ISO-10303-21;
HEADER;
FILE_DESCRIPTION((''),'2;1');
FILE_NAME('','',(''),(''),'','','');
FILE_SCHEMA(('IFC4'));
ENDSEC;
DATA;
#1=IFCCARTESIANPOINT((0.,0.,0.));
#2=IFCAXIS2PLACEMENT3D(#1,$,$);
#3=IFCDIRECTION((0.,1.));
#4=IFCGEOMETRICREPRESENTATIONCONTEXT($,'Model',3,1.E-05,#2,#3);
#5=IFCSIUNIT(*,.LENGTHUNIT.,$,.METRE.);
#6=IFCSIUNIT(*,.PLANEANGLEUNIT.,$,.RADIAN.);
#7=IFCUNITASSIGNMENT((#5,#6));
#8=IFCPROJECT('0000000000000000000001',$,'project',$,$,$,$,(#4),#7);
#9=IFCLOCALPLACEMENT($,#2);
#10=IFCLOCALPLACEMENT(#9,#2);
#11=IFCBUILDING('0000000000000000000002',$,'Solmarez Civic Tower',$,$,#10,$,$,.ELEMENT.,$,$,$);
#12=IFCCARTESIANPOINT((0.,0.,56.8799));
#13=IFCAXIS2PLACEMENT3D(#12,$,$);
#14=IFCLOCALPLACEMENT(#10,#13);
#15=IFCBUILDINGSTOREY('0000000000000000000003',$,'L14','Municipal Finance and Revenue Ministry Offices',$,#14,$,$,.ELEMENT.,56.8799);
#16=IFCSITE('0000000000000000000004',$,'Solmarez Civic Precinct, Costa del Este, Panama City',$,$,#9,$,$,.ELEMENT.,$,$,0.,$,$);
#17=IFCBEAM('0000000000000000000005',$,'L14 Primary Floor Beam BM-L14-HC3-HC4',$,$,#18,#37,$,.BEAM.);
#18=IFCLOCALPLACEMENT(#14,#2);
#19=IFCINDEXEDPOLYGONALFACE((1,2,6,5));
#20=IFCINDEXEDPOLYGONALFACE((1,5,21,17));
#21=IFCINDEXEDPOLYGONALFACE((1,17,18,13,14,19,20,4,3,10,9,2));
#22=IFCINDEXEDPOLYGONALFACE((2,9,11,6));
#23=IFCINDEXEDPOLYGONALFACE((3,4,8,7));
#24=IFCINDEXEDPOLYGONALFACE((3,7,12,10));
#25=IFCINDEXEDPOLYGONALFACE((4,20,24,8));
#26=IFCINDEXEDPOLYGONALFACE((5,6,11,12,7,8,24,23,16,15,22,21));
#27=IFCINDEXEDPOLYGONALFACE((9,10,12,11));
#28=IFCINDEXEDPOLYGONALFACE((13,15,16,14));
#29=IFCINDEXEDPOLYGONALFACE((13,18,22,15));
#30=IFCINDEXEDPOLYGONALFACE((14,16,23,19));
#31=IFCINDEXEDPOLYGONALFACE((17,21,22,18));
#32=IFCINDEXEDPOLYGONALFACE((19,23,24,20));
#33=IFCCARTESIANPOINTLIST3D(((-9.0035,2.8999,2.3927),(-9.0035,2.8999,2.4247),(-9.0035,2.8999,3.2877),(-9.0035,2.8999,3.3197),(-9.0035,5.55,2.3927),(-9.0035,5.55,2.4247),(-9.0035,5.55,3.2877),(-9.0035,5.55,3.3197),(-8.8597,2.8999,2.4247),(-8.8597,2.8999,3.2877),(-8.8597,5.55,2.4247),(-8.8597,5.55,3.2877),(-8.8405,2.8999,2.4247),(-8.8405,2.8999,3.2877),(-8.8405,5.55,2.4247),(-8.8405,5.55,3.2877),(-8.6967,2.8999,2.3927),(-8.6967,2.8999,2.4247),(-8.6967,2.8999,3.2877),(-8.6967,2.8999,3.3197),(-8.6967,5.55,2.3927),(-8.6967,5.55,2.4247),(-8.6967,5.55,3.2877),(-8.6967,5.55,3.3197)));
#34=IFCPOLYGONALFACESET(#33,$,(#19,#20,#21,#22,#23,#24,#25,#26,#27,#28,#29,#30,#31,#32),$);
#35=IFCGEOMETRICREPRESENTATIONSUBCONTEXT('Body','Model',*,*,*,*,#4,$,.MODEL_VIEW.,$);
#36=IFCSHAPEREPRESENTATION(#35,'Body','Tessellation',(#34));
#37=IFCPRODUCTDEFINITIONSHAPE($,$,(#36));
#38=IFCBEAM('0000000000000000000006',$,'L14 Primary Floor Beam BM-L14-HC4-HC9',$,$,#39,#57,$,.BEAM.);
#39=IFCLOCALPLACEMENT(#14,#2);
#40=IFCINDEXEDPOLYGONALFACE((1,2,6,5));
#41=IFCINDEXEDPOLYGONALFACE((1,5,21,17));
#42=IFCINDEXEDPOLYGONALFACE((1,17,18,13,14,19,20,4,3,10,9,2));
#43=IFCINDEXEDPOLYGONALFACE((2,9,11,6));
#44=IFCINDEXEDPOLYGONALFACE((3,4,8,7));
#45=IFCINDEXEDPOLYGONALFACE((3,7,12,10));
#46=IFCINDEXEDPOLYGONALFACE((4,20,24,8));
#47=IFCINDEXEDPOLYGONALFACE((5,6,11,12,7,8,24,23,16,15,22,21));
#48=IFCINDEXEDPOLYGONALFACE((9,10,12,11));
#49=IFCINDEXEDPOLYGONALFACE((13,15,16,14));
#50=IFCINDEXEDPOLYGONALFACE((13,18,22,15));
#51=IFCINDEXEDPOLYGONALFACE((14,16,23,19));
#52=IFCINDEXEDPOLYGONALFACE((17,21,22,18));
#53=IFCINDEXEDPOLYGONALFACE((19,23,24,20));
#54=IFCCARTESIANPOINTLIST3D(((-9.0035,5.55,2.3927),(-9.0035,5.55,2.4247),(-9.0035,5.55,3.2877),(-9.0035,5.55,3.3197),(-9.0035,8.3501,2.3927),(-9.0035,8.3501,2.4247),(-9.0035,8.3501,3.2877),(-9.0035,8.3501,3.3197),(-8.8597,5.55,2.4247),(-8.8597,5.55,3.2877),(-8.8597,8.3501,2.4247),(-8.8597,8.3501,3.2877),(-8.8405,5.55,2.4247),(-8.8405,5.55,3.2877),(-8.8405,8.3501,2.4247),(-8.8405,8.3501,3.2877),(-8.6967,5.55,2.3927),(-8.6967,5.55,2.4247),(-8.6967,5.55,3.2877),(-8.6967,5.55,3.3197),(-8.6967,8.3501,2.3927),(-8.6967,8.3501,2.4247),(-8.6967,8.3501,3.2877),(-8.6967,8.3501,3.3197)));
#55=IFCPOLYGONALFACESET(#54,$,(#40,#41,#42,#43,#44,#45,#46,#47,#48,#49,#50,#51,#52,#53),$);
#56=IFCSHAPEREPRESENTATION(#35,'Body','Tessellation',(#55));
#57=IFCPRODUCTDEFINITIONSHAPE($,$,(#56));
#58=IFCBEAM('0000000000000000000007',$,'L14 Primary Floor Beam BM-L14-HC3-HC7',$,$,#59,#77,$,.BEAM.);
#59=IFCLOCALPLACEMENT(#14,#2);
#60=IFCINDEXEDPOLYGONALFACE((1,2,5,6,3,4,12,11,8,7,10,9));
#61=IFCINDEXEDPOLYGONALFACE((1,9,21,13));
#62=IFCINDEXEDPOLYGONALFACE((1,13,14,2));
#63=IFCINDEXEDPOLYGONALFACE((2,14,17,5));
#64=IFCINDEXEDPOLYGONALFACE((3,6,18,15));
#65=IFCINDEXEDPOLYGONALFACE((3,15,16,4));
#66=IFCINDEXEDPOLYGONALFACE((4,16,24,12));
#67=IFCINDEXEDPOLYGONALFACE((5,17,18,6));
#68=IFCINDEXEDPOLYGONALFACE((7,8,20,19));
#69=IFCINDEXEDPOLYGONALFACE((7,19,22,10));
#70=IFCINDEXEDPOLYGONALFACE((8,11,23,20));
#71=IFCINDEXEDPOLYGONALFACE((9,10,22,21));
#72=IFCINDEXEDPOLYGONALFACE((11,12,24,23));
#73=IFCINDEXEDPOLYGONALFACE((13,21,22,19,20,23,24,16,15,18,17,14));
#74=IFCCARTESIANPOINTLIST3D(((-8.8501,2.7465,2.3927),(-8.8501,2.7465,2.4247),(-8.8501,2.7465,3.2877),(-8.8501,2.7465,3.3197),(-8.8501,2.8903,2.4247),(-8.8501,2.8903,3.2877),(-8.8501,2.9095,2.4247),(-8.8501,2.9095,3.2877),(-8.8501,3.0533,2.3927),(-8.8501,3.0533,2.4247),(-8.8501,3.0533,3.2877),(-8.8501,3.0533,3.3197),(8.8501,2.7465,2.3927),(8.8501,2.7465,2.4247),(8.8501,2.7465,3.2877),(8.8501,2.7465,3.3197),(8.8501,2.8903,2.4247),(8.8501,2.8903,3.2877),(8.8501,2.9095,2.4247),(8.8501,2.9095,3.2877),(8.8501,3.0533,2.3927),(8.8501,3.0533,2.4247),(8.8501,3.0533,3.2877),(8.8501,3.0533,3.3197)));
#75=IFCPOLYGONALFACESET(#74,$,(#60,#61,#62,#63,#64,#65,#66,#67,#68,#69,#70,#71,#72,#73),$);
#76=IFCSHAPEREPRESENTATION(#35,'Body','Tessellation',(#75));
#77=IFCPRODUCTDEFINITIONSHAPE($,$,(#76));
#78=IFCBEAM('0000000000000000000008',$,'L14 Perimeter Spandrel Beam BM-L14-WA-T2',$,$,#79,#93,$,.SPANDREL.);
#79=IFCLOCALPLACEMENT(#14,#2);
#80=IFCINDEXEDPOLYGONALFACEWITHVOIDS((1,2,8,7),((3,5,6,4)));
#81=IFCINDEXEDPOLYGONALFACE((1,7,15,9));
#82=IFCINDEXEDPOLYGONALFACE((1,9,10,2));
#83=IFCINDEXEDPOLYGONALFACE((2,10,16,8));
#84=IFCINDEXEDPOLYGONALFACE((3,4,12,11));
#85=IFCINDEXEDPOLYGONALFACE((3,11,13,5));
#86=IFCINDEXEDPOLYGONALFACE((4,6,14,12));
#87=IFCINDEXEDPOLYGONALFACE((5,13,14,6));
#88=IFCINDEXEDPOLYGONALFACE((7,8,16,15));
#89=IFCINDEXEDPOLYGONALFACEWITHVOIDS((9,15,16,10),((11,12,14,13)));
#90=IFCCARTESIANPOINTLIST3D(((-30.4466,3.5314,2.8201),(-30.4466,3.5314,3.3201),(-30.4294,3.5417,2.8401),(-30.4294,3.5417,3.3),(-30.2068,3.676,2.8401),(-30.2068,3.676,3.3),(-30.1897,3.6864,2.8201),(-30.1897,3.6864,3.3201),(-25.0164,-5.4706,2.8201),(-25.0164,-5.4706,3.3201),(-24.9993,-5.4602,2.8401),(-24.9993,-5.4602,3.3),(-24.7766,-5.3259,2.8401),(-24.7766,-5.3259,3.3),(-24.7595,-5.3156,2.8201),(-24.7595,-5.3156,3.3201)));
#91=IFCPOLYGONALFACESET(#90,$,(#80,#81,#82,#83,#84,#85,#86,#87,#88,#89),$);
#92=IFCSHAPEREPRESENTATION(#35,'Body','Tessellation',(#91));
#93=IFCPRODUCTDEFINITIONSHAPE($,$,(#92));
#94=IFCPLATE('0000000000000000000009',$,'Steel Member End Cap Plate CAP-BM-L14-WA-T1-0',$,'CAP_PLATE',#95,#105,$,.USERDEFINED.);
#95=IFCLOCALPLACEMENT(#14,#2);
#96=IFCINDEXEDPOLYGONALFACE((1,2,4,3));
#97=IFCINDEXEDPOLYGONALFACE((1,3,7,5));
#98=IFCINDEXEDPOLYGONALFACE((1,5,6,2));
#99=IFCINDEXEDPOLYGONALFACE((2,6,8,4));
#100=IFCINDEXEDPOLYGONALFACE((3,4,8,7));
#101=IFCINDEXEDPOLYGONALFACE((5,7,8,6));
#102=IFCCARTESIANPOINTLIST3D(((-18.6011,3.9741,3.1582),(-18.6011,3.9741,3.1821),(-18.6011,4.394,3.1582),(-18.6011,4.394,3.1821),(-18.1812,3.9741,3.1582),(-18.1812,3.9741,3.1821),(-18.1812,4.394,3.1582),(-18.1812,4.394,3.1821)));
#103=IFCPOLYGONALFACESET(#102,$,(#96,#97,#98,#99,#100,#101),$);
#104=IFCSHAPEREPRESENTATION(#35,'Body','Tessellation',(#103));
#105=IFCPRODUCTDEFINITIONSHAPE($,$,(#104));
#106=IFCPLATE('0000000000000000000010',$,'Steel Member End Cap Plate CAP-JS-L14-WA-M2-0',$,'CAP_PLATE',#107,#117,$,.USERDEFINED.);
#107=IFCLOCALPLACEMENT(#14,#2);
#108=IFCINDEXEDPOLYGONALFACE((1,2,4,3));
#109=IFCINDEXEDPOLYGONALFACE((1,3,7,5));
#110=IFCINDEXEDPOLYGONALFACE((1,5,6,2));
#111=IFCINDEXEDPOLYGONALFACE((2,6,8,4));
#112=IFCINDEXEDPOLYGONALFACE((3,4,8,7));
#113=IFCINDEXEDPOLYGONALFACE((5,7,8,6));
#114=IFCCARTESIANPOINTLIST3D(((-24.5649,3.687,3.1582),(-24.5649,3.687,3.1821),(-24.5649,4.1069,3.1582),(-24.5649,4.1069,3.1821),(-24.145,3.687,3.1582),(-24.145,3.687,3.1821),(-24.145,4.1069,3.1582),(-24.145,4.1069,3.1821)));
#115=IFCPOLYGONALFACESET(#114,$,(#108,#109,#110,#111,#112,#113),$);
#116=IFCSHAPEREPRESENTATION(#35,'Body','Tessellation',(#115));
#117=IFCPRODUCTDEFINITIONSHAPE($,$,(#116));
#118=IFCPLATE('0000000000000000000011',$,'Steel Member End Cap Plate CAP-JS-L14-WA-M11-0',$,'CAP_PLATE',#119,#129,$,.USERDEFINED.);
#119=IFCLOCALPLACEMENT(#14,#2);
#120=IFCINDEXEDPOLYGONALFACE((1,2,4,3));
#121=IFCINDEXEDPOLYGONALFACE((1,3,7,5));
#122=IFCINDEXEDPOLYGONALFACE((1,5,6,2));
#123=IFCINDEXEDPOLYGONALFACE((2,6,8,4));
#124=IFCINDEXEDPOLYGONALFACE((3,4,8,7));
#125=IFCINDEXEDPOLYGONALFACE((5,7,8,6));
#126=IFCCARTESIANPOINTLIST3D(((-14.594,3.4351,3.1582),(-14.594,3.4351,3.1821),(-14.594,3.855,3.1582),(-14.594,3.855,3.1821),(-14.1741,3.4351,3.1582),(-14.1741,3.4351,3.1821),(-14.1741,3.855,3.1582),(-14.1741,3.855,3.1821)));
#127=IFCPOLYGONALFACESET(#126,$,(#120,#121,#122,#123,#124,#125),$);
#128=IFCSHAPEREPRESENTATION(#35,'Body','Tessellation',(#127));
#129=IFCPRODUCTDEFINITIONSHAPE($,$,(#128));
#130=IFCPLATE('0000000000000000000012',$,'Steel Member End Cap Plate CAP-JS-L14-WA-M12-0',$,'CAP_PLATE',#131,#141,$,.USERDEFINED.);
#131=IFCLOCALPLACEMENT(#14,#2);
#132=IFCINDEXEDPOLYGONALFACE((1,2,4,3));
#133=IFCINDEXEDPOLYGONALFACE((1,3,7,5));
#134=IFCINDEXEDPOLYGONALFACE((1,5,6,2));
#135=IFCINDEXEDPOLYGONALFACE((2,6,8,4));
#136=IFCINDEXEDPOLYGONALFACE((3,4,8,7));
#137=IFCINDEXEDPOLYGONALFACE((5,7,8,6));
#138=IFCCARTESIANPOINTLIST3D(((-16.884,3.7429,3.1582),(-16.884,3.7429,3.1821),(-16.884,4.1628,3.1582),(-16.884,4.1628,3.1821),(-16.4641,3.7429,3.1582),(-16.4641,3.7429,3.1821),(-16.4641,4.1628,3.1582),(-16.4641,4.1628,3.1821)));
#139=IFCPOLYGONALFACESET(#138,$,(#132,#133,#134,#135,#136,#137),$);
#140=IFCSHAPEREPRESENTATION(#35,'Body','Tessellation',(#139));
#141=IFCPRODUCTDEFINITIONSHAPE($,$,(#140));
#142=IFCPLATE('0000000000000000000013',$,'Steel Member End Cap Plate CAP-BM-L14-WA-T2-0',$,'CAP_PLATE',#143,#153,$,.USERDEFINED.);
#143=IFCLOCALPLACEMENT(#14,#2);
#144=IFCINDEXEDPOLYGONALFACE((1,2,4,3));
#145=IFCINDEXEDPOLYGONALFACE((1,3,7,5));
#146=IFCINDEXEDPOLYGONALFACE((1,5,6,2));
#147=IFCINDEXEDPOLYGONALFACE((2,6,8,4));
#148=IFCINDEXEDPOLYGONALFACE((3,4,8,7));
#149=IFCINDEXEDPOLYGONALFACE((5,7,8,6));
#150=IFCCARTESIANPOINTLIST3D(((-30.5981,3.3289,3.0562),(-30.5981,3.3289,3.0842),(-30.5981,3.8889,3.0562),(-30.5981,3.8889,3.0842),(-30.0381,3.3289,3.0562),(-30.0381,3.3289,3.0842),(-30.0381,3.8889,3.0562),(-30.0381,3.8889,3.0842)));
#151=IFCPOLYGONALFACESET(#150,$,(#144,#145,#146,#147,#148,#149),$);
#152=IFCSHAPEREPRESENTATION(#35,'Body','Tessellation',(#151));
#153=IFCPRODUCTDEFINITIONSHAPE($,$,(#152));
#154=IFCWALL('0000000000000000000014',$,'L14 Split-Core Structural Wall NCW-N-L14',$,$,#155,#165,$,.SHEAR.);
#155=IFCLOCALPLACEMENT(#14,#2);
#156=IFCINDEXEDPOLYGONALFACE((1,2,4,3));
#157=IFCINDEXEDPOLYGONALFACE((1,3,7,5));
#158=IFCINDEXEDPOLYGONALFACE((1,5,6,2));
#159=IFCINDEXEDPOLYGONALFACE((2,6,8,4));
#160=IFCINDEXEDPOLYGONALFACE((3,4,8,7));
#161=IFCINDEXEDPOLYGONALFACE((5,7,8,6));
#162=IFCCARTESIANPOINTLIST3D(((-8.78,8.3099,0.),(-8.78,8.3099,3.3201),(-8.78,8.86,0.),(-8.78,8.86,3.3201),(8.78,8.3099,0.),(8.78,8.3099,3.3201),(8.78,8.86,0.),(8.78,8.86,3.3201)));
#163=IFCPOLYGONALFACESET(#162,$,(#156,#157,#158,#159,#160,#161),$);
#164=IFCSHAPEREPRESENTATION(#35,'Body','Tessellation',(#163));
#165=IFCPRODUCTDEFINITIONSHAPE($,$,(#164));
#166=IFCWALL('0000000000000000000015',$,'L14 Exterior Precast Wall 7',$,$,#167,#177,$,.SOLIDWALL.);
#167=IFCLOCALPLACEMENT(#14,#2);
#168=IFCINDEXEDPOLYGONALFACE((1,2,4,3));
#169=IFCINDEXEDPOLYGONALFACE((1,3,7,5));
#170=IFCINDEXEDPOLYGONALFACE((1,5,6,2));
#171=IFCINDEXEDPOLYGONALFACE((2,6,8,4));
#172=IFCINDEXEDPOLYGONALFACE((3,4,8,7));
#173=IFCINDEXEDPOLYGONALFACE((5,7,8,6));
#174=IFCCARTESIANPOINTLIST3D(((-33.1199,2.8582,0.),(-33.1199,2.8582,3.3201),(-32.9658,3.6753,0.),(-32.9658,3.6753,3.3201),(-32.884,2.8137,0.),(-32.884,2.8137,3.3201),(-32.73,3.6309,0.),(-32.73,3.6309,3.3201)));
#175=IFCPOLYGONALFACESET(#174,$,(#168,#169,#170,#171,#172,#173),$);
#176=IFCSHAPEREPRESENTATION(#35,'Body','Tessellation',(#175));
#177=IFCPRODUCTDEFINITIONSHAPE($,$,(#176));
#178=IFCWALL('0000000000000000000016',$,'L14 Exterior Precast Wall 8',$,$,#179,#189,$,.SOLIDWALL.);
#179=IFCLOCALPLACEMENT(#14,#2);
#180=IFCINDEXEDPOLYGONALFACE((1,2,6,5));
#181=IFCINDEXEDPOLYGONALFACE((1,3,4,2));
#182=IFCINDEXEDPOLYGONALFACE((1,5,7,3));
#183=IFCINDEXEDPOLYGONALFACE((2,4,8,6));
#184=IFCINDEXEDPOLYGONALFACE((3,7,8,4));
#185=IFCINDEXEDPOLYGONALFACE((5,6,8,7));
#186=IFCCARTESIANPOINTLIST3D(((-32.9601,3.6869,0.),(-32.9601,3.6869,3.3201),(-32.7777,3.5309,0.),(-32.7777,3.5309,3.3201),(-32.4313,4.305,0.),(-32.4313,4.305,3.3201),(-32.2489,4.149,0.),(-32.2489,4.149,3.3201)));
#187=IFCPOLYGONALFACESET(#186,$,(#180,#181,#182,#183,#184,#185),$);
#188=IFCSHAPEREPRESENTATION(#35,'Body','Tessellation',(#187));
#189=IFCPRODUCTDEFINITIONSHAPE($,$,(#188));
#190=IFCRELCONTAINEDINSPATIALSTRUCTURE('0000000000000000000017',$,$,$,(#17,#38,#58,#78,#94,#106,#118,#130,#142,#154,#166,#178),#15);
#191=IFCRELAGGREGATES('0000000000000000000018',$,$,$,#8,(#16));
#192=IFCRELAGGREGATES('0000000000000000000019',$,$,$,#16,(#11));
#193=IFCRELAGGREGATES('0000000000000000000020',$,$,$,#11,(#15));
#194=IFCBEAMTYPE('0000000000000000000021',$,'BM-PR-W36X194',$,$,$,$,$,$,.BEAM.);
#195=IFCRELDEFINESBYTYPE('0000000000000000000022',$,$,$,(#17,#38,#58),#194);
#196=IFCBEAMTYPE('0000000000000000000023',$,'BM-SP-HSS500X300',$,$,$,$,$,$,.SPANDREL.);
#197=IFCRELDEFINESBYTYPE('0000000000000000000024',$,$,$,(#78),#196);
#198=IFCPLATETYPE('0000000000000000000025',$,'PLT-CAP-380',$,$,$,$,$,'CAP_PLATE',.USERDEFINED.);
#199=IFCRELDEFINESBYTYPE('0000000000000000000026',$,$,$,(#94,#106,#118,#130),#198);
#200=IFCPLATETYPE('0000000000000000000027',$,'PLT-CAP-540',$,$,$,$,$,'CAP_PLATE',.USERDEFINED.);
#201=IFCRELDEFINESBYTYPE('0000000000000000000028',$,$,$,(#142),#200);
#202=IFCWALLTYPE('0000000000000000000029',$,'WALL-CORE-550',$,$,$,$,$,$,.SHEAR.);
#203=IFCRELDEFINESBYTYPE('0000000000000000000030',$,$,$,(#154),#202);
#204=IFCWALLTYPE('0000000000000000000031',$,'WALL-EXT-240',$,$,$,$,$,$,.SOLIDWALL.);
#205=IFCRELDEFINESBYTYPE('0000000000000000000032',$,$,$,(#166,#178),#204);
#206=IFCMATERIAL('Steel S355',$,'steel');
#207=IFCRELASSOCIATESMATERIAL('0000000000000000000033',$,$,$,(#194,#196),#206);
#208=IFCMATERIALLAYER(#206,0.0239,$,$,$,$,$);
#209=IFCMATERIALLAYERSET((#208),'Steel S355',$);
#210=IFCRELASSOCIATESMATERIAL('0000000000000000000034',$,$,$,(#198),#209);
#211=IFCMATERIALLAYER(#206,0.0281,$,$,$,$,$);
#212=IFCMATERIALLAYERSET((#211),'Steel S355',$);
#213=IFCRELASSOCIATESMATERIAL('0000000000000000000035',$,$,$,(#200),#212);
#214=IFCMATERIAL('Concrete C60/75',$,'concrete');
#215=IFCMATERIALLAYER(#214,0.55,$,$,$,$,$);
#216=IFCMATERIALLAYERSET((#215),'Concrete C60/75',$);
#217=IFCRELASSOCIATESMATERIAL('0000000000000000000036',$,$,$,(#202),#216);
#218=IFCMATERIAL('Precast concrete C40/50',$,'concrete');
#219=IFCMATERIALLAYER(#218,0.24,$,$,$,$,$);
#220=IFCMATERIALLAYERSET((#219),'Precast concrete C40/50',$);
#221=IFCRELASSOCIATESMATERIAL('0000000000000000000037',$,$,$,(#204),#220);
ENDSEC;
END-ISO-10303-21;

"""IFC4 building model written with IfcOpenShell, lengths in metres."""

from ifc_helpers import new_model, si_unit, direction, frame, frame_2d, origin, origin_2d, place, context, subcontext, project, spatial, rectangle, hollow_rectangle, i_section, extrude, material, layer, layer_set, material_profile, profile_set, type_object, element, save


model = new_model("IFC4")

# Units and contexts
model_context = context("Model", 3, precision=1e-05, world=origin(), true_north=direction((0.0, 1.0)))
body_context = subcontext(model_context, "Body", "Model", "MODEL_VIEW")
ifc_project = project(units=[si_unit("LENGTHUNIT", "METRE"), si_unit("PLANEANGLEUNIT", "RADIAN")], contexts=[model_context])

# Site, building, storey
site_placement = place(None, origin())
site = spatial("IfcSite", under=ifc_project, at=site_placement, Name="Solmarez Civic Precinct, Costa del Este, Panama City", CompositionType="ELEMENT", RefElevation=0.0)
building_placement = place(site_placement, origin())
building = spatial("IfcBuilding", under=site, at=building_placement, Name="Solmarez Civic Tower", CompositionType="ELEMENT")
storey_placement = place(building_placement, frame((0.0, 0.0, 56.8799)))
storey = spatial("IfcBuildingStorey", under=building, at=storey_placement, Name="L14", Description="Municipal Finance and Revenue Ministry Offices", CompositionType="ELEMENT", Elevation=56.8799)

# Shared definitions
ifc_material_1 = material(Name="Concrete C60/75", Category="concrete")

# Beams
ifc_material_2 = material(Name="Steel S355", Category="steel")
ifc_material_profile_1 = material_profile(ifc_material_2, i_section(OverallWidth=0.3069, OverallDepth=0.927, WebThickness=0.0193, FlangeThickness=0.032, at=origin_2d()), Name="W36X194")
ifc_profile_set_1 = profile_set([ifc_material_profile_1], Name="Steel S355")
beam_type_1 = type_object("IfcBeamType", Name="BM-PR-W36X194", PredefinedType="BEAM", material=ifc_profile_set_1)
beam_1_placement = place(storey_placement, frame((-8.8501, 2.8999, 2.8562), z_axis=(0.0, 1.0, 0.0), x_axis=(-1.0, 0.0, 0.0)))
element("IfcBeam", 1, at=beam_1_placement, inside=storey, type_object=beam_type_1, Name="L14 Primary Floor Beam BM-L14-HC3-HC4", PredefinedType="BEAM", context=body_context, shape_type="SweptSolid", body=[
    extrude(i_section(OverallWidth=0.3069, OverallDepth=0.927, WebThickness=0.0193, FlangeThickness=0.032, at=origin_2d()), origin(), (0.0, 0.0, 1.0), 2.6501),
])
beam_2_placement = place(storey_placement, frame((-8.8501, 5.55, 2.8562), z_axis=(0.0, 1.0, 0.0), x_axis=(-1.0, 0.0, 0.0)))
element("IfcBeam", 2, at=beam_2_placement, inside=storey, type_object=beam_type_1, Name="L14 Primary Floor Beam BM-L14-HC4-HC9", PredefinedType="BEAM", context=body_context, shape_type="SweptSolid", body=[
    extrude(i_section(OverallWidth=0.3069, OverallDepth=0.927, WebThickness=0.0193, FlangeThickness=0.032, at=origin_2d()), origin(), (0.0, 0.0, 1.0), 2.8),
])
beam_3_placement = place(storey_placement, frame((-8.8501, 2.8999, 2.8562), z_axis=(1.0, 0.0, 0.0), x_axis=(0.0, 1.0, 0.0)))
element("IfcBeam", 3, at=beam_3_placement, inside=storey, type_object=beam_type_1, Name="L14 Primary Floor Beam BM-L14-HC3-HC7", PredefinedType="BEAM", context=body_context, shape_type="SweptSolid", body=[
    extrude(i_section(OverallWidth=0.3069, OverallDepth=0.927, WebThickness=0.0193, FlangeThickness=0.032, at=origin_2d()), origin(), (0.0, 0.0, 1.0), 17.7002),
])
ifc_material_profile_2 = material_profile(ifc_material_2, hollow_rectangle(XDim=0.3, YDim=0.5, WallThickness=0.02, at=origin_2d()), Name="HSS500X300X20")
ifc_profile_set_2 = profile_set([ifc_material_profile_2], Name="Steel S355")
beam_type_2 = type_object("IfcBeamType", Name="BM-SP-HSS500X300", PredefinedType="SPANDREL", material=ifc_profile_set_2)
beam_4_placement = place(storey_placement, frame((-30.3181, 3.6089, 3.0701), z_axis=(0.516523, -0.856273, 0.0), x_axis=(0.856273, 0.516523, 0.0)))
element("IfcBeam", 4, at=beam_4_placement, inside=storey, type_object=beam_type_2, Name="L14 Perimeter Spandrel Beam BM-L14-WA-T2", PredefinedType="SPANDREL", context=body_context, shape_type="SweptSolid", body=[
    extrude(hollow_rectangle(XDim=0.3, YDim=0.5, WallThickness=0.02, at=origin_2d()), origin(), (0.0, 0.0, 1.0), 10.5129),
])

# Plates
ifc_layer_1 = layer(ifc_material_2, 0.0239)
ifc_layer_set_1 = layer_set([ifc_layer_1], Name="Steel S355")
plate_type_1 = type_object("IfcPlateType", Name="PLT-CAP-380", ElementType="CAP_PLATE", PredefinedType="USERDEFINED", material=ifc_layer_set_1)
for number, where, z_axis, x_axis, name in (
    (5, (-18.3911, 4.1841, 3.1582), (0.0, 0.0, 1.0), (1.0, 0.0, 0.0), "Steel Member End Cap Plate CAP-BM-L14-WA-T1-0"),
    (6, (-24.355, 3.897, 3.1582), (0.0, 0.0, 1.0), (1.0, 0.0, 0.0), "Steel Member End Cap Plate CAP-JS-L14-WA-M2-0"),
    (7, (-14.384, 3.645, 3.1582), (0.0, 0.0, 1.0), (1.0, 0.0, 0.0), "Steel Member End Cap Plate CAP-JS-L14-WA-M11-0"),
    (8, (-16.6741, 3.9529, 3.1582), (0.0, 0.0, 1.0), (1.0, 0.0, 0.0), "Steel Member End Cap Plate CAP-JS-L14-WA-M12-0"),
):
    element("IfcPlate", number, at=place(storey_placement, frame(where, z_axis=z_axis, x_axis=x_axis)), inside=storey, type_object=plate_type_1, Name=name, ObjectType="CAP_PLATE", PredefinedType="USERDEFINED", context=body_context, shape_type="SweptSolid", body=[
        extrude(rectangle(XDim=0.4199, YDim=0.4199, at=origin_2d()), origin(), (0.0, 0.0, 1.0), 0.0239),
    ])
ifc_layer_2 = layer(ifc_material_2, 0.0281)
ifc_layer_set_2 = layer_set([ifc_layer_2], Name="Steel S355")
plate_type_2 = type_object("IfcPlateType", Name="PLT-CAP-540", ElementType="CAP_PLATE", PredefinedType="USERDEFINED", material=ifc_layer_set_2)
plate_placement = place(storey_placement, frame((-30.3181, 3.6089, 3.0562), z_axis=(0.0, 0.0, 1.0), x_axis=(1.0, 0.0, 0.0)))
element("IfcPlate", 9, at=plate_placement, inside=storey, type_object=plate_type_2, Name="Steel Member End Cap Plate CAP-BM-L14-WA-T2-0", ObjectType="CAP_PLATE", PredefinedType="USERDEFINED", context=body_context, shape_type="SweptSolid", body=[
    extrude(rectangle(XDim=0.5601, YDim=0.5601, at=origin_2d()), origin(), (0.0, 0.0, 1.0), 0.0281),
])

# Walls
ifc_layer_3 = layer(ifc_material_1, 0.55)
ifc_layer_set_3 = layer_set([ifc_layer_3], Name="Concrete C60/75")
wall_type_1 = type_object("IfcWallType", Name="WALL-CORE-550", PredefinedType="SHEAR", material=ifc_layer_set_3)
wall_1_placement = place(storey_placement, frame((-8.78, 8.585, 0.0), z_axis=(0.0, 0.0, 1.0), x_axis=(1.0, 0.0, 0.0)))
element("IfcWall", 10, at=wall_1_placement, inside=storey, type_object=wall_type_1, Name="L14 Split-Core Structural Wall NCW-N-L14", PredefinedType="SHEAR", context=body_context, shape_type="SweptSolid", body=[
    extrude(rectangle(XDim=17.5601, YDim=0.55, at=frame_2d((8.78, 0.0))), origin(), (0.0, 0.0, 1.0), 3.3201),
])
ifc_material_3 = material(Name="Precast concrete C40/50", Category="concrete")
ifc_layer_4 = layer(ifc_material_3, 0.24)
ifc_layer_set_4 = layer_set([ifc_layer_4], Name="Precast concrete C40/50")
wall_type_2 = type_object("IfcWallType", Name="WALL-EXT-240", PredefinedType="SOLIDWALL", material=ifc_layer_set_4)
wall_2_placement = place(storey_placement, frame((-33.002, 2.8359, 0.0), z_axis=(0.0, 0.0, 1.0), x_axis=(0.185263, 0.982689, 0.0)))
element("IfcWall", 11, at=wall_2_placement, inside=storey, type_object=wall_type_2, Name="L14 Exterior Precast Wall 7", PredefinedType="SOLIDWALL", context=body_context, shape_type="SweptSolid", body=[
    extrude(rectangle(XDim=0.8315, YDim=0.24, at=frame_2d((0.4158, 0.0))), origin(), (0.0, 0.0, 1.0), 3.3201),
])
wall_3_placement = place(storey_placement, frame((-32.8689, 3.6089, 0.0), z_axis=(0.0, 0.0, 1.0), x_axis=(0.65005, 0.759892, 0.0)))
element("IfcWall", 12, at=wall_3_placement, inside=storey, type_object=wall_type_2, Name="L14 Exterior Precast Wall 8", PredefinedType="SOLIDWALL", context=body_context, shape_type="SweptSolid", body=[
    extrude(rectangle(XDim=0.8135, YDim=0.24, at=frame_2d((0.4067, 0.0))), origin(), (0.0, 0.0, 1.0), 3.3201),
])

save(model, "model.ifc")
